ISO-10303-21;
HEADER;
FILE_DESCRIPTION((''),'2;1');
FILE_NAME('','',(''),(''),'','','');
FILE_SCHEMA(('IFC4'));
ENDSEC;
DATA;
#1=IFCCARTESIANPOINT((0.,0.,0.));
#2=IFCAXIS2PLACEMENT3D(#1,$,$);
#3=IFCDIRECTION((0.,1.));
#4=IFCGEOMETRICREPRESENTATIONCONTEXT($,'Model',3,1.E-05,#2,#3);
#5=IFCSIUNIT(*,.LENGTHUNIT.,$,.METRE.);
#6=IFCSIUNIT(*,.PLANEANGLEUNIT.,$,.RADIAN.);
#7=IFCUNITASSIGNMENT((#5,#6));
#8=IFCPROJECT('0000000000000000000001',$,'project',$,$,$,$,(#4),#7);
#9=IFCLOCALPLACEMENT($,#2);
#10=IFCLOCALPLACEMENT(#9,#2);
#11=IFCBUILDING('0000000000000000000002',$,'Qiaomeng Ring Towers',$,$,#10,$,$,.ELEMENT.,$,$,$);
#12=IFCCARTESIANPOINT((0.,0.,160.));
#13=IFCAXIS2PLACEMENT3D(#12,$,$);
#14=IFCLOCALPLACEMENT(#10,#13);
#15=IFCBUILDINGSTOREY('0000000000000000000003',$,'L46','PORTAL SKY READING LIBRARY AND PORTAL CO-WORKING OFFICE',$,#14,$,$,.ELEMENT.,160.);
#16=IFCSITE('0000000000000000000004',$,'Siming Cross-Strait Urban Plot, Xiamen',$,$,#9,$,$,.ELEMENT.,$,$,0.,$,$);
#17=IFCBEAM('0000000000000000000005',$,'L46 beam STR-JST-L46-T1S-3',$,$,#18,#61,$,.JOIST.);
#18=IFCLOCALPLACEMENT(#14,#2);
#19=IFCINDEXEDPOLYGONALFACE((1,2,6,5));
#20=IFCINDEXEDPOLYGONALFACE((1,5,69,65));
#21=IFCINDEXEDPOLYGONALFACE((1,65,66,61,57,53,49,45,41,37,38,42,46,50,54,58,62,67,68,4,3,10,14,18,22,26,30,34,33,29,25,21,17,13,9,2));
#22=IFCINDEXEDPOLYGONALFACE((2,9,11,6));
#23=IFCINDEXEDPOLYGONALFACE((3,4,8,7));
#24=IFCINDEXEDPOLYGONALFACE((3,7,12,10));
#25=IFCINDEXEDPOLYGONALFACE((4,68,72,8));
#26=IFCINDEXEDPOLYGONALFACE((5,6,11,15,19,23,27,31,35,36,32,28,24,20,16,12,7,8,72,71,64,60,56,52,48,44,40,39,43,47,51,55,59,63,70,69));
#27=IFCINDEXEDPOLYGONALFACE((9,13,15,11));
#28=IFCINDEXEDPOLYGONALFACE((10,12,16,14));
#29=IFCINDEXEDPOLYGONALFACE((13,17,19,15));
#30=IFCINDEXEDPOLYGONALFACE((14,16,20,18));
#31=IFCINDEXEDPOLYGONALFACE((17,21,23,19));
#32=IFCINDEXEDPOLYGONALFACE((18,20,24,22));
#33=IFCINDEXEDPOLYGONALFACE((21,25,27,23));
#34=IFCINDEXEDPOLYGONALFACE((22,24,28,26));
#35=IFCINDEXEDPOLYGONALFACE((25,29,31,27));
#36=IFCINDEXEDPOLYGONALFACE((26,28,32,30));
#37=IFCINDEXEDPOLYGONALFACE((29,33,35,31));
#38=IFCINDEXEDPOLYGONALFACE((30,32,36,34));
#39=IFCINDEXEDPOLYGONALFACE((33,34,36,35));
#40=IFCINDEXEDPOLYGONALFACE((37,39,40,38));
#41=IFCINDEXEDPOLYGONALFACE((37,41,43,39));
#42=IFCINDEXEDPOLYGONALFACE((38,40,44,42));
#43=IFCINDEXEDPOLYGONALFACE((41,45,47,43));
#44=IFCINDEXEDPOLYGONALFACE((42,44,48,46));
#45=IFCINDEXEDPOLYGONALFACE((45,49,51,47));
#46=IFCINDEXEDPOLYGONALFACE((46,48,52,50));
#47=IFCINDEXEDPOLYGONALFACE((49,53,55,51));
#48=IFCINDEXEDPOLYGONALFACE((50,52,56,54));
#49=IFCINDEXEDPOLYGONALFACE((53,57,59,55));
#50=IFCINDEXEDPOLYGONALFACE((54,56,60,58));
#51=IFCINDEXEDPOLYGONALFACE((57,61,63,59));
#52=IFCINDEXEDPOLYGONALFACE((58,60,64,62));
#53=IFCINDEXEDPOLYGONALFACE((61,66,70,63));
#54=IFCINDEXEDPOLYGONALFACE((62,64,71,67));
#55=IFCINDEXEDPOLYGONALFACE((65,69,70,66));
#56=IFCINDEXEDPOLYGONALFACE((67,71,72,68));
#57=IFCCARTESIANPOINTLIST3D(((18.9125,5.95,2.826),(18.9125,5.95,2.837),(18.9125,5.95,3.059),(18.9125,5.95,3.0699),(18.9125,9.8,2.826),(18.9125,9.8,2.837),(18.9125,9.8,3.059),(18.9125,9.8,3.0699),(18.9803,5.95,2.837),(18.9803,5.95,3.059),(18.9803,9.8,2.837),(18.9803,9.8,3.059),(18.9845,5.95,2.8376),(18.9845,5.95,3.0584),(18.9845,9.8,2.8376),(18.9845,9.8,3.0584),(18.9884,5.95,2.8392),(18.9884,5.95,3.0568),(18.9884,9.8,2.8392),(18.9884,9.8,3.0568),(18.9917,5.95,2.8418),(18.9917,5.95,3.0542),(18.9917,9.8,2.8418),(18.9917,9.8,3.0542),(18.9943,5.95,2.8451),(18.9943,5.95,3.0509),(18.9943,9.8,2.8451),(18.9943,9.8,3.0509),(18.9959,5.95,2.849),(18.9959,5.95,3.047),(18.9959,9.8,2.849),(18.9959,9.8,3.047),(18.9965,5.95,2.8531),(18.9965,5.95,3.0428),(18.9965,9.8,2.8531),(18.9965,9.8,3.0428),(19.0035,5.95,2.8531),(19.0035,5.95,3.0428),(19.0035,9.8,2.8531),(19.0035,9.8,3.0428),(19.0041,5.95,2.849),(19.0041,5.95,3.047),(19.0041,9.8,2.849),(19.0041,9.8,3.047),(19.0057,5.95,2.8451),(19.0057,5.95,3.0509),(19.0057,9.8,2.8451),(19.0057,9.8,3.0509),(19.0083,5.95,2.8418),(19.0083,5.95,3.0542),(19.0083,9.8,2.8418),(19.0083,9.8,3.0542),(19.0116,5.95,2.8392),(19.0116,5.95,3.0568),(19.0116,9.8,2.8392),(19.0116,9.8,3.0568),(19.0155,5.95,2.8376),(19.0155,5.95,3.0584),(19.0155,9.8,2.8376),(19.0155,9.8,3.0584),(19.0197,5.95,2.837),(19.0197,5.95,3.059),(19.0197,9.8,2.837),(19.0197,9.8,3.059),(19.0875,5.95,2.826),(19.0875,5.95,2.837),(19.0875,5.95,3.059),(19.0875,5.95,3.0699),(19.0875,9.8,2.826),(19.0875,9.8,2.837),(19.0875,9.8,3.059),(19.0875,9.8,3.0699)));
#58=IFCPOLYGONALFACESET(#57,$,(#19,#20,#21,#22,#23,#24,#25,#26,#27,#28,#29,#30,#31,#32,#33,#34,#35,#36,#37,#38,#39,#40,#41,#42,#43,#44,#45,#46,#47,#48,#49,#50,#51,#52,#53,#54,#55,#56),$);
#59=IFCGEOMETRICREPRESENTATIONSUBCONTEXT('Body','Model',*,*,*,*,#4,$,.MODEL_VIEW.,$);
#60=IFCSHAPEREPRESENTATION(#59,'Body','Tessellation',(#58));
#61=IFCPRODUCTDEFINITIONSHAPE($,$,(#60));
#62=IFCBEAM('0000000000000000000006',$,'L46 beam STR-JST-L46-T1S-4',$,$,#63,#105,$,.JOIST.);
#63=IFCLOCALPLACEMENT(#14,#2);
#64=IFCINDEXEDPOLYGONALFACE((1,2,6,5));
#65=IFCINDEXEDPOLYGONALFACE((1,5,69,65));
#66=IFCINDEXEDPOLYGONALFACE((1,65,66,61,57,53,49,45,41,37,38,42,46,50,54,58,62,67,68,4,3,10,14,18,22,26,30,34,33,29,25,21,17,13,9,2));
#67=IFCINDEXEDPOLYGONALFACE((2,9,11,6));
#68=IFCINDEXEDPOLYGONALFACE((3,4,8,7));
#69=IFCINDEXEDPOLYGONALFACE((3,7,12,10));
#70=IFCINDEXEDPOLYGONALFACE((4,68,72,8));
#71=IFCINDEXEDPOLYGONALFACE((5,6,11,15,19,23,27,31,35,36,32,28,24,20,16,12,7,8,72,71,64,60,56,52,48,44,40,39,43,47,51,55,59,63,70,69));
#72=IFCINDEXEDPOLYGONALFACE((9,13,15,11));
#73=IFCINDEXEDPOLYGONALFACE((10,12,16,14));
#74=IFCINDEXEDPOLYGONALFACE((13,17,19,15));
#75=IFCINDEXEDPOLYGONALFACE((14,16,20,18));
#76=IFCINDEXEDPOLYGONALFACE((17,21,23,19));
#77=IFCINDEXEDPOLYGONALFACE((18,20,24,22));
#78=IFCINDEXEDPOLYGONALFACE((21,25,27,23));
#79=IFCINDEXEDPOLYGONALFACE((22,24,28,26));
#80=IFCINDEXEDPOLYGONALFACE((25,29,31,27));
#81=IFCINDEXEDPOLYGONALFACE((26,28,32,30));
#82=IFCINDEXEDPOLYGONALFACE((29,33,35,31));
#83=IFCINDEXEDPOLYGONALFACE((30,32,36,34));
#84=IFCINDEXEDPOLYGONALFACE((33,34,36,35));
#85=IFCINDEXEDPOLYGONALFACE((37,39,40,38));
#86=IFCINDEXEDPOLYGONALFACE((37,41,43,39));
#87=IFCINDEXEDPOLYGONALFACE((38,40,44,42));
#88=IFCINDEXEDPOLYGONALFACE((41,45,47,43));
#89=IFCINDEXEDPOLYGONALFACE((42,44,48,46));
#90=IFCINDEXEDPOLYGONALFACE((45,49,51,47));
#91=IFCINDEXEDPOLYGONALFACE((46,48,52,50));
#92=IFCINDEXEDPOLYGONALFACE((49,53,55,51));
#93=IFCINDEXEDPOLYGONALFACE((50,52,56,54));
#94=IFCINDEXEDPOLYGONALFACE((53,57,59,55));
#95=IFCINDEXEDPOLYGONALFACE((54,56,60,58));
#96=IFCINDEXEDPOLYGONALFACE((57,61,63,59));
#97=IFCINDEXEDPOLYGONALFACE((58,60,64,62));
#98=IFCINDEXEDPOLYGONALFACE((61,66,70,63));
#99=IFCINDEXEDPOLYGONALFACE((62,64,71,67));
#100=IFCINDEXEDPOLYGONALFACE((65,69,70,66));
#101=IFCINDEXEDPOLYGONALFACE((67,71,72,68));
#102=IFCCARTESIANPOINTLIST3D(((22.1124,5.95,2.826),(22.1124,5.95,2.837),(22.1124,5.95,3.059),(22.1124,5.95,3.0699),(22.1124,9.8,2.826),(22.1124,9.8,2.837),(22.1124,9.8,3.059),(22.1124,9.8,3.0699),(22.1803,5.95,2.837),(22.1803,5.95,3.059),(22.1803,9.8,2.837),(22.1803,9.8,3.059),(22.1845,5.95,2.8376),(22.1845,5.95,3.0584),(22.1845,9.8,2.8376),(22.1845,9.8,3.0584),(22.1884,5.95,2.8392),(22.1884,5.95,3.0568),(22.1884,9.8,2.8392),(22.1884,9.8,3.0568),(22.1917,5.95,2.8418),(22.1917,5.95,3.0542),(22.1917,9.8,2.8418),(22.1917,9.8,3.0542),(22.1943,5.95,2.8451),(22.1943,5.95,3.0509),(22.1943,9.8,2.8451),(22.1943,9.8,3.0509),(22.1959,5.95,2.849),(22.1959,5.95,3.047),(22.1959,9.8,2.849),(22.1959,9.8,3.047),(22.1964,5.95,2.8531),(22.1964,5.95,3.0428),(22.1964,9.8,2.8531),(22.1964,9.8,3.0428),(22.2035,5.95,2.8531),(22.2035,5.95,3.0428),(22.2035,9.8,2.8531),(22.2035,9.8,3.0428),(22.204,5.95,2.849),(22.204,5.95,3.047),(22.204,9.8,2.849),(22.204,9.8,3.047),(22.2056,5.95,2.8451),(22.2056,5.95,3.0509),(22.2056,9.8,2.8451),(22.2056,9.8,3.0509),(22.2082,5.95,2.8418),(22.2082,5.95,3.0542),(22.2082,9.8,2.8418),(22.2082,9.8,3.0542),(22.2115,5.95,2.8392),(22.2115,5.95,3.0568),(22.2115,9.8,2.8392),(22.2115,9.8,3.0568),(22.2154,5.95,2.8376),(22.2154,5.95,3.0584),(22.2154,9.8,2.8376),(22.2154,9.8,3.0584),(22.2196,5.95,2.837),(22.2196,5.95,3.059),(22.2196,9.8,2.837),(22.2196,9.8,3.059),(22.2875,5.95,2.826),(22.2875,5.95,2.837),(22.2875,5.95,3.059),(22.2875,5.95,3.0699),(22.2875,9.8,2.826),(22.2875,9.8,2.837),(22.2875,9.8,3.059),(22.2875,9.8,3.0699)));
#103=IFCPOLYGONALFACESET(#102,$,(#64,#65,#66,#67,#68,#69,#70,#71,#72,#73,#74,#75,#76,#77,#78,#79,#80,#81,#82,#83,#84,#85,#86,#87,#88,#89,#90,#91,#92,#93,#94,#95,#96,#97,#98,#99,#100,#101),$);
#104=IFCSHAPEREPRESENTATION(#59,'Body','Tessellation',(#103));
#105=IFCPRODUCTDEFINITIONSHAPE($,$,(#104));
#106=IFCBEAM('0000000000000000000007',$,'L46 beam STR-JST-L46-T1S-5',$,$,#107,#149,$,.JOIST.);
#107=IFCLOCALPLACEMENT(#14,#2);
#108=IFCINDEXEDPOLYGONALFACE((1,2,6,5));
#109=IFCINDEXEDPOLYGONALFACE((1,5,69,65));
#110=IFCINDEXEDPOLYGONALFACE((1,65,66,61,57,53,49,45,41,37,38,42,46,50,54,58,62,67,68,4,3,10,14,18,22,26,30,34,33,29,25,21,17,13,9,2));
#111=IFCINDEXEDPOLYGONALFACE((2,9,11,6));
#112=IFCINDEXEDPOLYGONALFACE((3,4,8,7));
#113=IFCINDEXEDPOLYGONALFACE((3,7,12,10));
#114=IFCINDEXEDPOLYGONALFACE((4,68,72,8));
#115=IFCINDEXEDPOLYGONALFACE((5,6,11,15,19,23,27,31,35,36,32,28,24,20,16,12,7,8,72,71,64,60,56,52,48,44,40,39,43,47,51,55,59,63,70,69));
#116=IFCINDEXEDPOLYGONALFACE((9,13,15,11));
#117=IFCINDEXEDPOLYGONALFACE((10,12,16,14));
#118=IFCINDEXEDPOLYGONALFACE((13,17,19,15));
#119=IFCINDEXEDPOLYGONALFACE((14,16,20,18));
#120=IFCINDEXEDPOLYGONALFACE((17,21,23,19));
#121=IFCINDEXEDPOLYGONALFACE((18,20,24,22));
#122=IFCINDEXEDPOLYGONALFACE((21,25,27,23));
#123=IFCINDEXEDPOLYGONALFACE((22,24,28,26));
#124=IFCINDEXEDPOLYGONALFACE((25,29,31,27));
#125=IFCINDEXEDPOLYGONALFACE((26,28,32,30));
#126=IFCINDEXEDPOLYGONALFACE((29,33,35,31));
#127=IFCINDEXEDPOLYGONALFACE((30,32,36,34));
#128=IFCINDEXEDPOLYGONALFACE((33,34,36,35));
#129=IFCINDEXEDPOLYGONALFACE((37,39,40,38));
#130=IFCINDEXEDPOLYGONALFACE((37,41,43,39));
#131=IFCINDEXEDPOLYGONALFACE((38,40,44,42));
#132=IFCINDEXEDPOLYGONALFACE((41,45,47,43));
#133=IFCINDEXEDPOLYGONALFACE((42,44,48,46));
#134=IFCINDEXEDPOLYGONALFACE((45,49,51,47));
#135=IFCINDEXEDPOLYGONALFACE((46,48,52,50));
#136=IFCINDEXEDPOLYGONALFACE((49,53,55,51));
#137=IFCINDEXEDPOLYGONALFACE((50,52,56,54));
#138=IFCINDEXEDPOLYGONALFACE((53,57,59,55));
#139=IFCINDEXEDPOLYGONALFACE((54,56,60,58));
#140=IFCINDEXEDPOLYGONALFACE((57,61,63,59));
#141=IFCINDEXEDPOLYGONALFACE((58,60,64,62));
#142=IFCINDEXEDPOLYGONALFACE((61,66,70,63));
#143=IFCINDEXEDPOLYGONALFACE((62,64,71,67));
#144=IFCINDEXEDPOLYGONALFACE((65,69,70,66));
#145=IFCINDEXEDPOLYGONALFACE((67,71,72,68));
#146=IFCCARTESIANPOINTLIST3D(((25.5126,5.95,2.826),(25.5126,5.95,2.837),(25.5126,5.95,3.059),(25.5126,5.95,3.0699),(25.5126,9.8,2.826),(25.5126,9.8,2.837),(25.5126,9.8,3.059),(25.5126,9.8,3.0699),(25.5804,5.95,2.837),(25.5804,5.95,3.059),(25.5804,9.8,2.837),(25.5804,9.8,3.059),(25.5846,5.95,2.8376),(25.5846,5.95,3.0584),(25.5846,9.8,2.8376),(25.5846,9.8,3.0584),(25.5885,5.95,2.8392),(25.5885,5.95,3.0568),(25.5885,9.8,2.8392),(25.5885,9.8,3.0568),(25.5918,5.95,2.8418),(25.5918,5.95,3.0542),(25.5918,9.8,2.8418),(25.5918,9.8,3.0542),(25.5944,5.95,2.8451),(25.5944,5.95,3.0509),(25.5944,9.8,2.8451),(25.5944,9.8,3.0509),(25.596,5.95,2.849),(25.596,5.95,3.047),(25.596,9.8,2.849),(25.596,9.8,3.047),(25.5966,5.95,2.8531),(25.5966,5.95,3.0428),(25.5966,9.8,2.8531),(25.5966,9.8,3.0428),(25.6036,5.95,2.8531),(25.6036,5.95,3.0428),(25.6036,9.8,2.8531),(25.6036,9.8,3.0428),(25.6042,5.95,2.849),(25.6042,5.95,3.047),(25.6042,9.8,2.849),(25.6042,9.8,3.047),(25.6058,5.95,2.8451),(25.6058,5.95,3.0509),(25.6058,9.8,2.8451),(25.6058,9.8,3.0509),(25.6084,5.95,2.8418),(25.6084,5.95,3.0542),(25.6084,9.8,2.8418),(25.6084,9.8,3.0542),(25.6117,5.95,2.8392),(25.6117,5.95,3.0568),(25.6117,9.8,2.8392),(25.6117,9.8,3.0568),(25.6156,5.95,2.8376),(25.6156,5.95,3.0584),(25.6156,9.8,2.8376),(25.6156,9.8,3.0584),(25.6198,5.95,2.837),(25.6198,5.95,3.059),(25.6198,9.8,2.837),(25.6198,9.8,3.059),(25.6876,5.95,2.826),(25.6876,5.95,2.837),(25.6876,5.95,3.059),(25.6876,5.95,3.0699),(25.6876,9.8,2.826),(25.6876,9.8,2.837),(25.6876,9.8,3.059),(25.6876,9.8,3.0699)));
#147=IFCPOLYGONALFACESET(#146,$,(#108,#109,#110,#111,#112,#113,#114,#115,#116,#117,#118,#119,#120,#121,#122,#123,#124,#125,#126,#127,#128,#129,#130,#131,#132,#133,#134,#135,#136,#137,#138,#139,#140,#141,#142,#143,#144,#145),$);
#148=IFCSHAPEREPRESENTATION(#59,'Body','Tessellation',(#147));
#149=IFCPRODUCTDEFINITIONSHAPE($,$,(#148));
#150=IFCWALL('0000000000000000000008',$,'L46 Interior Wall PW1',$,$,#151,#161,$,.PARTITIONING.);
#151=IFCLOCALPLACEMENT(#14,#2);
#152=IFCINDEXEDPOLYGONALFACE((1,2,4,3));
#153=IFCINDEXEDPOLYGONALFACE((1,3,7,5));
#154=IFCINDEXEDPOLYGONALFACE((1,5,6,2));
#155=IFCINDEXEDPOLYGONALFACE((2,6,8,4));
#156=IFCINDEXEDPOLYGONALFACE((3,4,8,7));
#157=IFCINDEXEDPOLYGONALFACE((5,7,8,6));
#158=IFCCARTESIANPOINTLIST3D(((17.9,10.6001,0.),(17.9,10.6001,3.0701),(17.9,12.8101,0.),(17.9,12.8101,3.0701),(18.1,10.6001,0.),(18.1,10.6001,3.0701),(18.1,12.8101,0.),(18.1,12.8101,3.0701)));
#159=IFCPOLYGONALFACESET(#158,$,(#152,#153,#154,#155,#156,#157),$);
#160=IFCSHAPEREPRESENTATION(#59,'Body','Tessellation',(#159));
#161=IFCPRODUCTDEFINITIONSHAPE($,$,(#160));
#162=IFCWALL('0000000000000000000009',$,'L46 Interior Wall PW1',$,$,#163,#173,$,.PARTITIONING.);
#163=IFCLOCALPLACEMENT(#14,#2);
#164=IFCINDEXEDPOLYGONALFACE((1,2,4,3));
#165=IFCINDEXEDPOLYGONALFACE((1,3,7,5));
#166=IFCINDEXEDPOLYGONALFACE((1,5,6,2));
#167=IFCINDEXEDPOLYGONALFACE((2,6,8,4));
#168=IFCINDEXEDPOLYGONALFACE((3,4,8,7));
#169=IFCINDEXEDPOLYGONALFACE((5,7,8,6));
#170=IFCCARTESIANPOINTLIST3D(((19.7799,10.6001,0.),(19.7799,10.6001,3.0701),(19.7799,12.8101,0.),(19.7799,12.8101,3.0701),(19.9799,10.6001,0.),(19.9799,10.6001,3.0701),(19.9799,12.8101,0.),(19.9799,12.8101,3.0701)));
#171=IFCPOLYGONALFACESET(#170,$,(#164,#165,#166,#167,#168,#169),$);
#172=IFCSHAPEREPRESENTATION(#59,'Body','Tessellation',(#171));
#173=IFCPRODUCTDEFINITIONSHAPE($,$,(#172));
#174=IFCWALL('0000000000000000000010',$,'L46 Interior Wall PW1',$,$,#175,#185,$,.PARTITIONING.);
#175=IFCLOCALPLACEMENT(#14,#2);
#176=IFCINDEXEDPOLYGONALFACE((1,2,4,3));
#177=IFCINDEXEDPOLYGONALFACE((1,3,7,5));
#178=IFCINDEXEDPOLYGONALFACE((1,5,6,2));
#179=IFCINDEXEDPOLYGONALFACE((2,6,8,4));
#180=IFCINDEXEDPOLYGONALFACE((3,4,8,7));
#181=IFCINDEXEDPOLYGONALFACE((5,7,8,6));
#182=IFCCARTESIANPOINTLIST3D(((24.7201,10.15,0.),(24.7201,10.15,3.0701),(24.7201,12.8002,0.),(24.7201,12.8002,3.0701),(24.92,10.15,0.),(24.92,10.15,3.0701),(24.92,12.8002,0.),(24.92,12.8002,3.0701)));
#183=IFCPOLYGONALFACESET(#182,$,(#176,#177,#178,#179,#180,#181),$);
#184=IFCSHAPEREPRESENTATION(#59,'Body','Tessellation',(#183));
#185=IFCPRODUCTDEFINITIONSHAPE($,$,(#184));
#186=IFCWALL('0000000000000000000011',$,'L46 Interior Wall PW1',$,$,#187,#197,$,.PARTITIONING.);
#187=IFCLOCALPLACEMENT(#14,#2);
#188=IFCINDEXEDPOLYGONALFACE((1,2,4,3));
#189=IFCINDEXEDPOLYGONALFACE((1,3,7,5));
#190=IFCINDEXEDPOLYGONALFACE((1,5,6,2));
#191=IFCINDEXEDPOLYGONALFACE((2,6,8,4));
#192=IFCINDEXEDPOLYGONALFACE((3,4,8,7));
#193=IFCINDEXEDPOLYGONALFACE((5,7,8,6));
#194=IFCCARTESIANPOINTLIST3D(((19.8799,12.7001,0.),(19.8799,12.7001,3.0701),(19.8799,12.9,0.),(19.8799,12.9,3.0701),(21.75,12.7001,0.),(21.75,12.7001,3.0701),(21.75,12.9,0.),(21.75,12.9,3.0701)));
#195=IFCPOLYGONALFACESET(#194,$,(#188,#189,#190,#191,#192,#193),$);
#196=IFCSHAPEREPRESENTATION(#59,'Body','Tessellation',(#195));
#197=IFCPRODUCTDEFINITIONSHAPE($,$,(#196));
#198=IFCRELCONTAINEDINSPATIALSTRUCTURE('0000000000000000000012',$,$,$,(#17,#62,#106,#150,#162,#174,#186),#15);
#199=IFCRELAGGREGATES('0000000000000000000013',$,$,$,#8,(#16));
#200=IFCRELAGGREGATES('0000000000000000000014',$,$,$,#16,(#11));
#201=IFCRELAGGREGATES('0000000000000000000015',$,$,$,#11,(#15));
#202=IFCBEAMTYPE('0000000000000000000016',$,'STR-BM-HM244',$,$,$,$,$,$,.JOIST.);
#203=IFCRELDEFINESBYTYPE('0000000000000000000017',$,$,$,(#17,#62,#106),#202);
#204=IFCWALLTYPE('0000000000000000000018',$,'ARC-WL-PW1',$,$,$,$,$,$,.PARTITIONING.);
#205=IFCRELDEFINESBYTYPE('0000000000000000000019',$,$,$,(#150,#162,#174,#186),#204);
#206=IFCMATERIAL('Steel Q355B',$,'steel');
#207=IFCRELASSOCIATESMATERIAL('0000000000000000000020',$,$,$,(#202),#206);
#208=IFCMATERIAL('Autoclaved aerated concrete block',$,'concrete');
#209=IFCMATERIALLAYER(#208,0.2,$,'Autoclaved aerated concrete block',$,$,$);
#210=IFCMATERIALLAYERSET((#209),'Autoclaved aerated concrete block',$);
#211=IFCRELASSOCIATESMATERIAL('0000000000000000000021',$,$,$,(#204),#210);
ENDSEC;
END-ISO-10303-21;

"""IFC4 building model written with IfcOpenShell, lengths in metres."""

from ifc_helpers import new_model, si_unit, direction, frame, frame_2d, origin, origin_2d, place, context, subcontext, project, spatial, rectangle, i_section, extrude, source, transform, mapped, material, layer, layer_set, material_profile, profile_set, type_object, element, save


model = new_model("IFC4")

# Units and contexts
model_context = context("Model", 3, precision=1e-05, world=origin(), true_north=direction((0.0, 1.0)))
body_context = subcontext(model_context, "Body", "Model", "MODEL_VIEW")
ifc_project = project(units=[si_unit("LENGTHUNIT", "METRE"), si_unit("PLANEANGLEUNIT", "RADIAN")], contexts=[model_context])

# Site, building, storey
site_placement = place(None, origin())
site = spatial("IfcSite", under=ifc_project, at=site_placement, Name="Siming Cross-Strait Urban Plot, Xiamen", CompositionType="ELEMENT", RefElevation=0.0)
building_placement = place(site_placement, origin())
building = spatial("IfcBuilding", under=site, at=building_placement, Name="Qiaomeng Ring Towers", CompositionType="ELEMENT")
storey_placement = place(building_placement, frame((0.0, 0.0, 160.0)))
storey = spatial("IfcBuildingStorey", under=building, at=storey_placement, Name="L46", Description="PORTAL SKY READING LIBRARY AND PORTAL CO-WORKING OFFICE", CompositionType="ELEMENT", Elevation=160.0)

# Beams
ifc_material_1 = material(Name="Steel Q355B", Category="steel")
ifc_material_profile = material_profile(ifc_material_1, i_section(OverallWidth=0.175, OverallDepth=0.2439, WebThickness=0.0071, FlangeThickness=0.011, FilletRadius=0.0161, at=origin_2d()), Name="HM 244x175x7x11")
ifc_profile_set = profile_set([ifc_material_profile], Name="Steel Q355B")
beam_type = type_object("IfcBeamType", Name="STR-BM-HM244", PredefinedType="JOIST", material=ifc_profile_set)
shared_shape_1 = source(origin(), body_context, "Body", "SweptSolid", [
    extrude(i_section(OverallWidth=0.175, OverallDepth=0.2439, WebThickness=0.0071, FlangeThickness=0.011, FilletRadius=0.0161, at=origin_2d()), origin(), (0.0, 0.0, 1.0), 3.8501),
])
for number, where, z_axis, x_axis, name in (
    (1, (19.0, 5.95, 2.948), (0.0, 1.0, 0.0), (-1.0, 0.0, 0.0), "L46 beam STR-JST-L46-T1S-3"),
    (2, (22.2, 5.95, 2.948), (0.0, 1.0, 0.0), (-1.0, 0.0, 0.0), "L46 beam STR-JST-L46-T1S-4"),
    (3, (25.6001, 5.95, 2.948), (0.0, 1.0, 0.0), (-1.0, 0.0, 0.0), "L46 beam STR-JST-L46-T1S-5"),
):
    element("IfcBeam", number, at=place(storey_placement, frame(where, z_axis=z_axis, x_axis=x_axis)), inside=storey, type_object=beam_type, Name=name, PredefinedType="JOIST", context=body_context, shape_type="MappedRepresentation", body=[
        mapped(shared_shape_1, transform((0.0, 0.0, 0.0), x_axis=(1.0, 0.0, 0.0), y_axis=(0.0, 1.0, 0.0), z_axis=(0.0, 0.0, 1.0), scale=1.0)),
    ])

# Walls
ifc_material_2 = material(Name="Autoclaved aerated concrete block", Category="concrete")
ifc_layer_1 = layer(ifc_material_2, 0.2, Name="Autoclaved aerated concrete block")
ifc_layer_set_1 = layer_set([ifc_layer_1], Name="Autoclaved aerated concrete block")
wall_type_1 = type_object("IfcWallType", Name="ARC-WL-PW1", PredefinedType="PARTITIONING", material=ifc_layer_set_1)
for number, where, z_axis, x_axis, name in (
    (4, (18.0, 10.6001, 0.0), (0.0, 0.0, 1.0), (0.0, 1.0, 0.0), "L46 Interior Wall PW1"),
    (5, (19.8799, 10.6001, 0.0), (0.0, 0.0, 1.0), (0.0, 1.0, 0.0), "L46 Interior Wall PW1"),
):
    element("IfcWall", number, at=place(storey_placement, frame(where, z_axis=z_axis, x_axis=x_axis)), inside=storey, type_object=wall_type_1, Name=name, PredefinedType="PARTITIONING", context=body_context, shape_type="SweptSolid", body=[
        extrude(rectangle(XDim=2.21, YDim=0.2, at=frame_2d((1.105, 0.0))), origin(), (0.0, 0.0, 1.0), 3.0701),
    ])
wall_1_placement = place(storey_placement, frame((24.8201, 10.1499, 0.0), z_axis=(0.0, 0.0, 1.0), x_axis=(0.0, 1.0, 0.0)))
element("IfcWall", 6, at=wall_1_placement, inside=storey, type_object=wall_type_1, Name="L46 Interior Wall PW1", PredefinedType="PARTITIONING", context=body_context, shape_type="SweptSolid", body=[
    extrude(rectangle(XDim=2.6501, YDim=0.2, at=frame_2d((1.3252, 0.0))), origin(), (0.0, 0.0, 1.0), 3.0701),
])
wall_2_placement = place(storey_placement, frame((19.8799, 12.8, 0.0), z_axis=(0.0, 0.0, 1.0), x_axis=(1.0, 0.0, 0.0)))
element("IfcWall", 7, at=wall_2_placement, inside=storey, type_object=wall_type_1, Name="L46 Interior Wall PW1", PredefinedType="PARTITIONING", context=body_context, shape_type="SweptSolid", body=[
    extrude(rectangle(XDim=1.8701, YDim=0.2, at=frame_2d((0.9351, 0.0))), origin(), (0.0, 0.0, 1.0), 3.0701),
])

save(model, "model.ifc")
